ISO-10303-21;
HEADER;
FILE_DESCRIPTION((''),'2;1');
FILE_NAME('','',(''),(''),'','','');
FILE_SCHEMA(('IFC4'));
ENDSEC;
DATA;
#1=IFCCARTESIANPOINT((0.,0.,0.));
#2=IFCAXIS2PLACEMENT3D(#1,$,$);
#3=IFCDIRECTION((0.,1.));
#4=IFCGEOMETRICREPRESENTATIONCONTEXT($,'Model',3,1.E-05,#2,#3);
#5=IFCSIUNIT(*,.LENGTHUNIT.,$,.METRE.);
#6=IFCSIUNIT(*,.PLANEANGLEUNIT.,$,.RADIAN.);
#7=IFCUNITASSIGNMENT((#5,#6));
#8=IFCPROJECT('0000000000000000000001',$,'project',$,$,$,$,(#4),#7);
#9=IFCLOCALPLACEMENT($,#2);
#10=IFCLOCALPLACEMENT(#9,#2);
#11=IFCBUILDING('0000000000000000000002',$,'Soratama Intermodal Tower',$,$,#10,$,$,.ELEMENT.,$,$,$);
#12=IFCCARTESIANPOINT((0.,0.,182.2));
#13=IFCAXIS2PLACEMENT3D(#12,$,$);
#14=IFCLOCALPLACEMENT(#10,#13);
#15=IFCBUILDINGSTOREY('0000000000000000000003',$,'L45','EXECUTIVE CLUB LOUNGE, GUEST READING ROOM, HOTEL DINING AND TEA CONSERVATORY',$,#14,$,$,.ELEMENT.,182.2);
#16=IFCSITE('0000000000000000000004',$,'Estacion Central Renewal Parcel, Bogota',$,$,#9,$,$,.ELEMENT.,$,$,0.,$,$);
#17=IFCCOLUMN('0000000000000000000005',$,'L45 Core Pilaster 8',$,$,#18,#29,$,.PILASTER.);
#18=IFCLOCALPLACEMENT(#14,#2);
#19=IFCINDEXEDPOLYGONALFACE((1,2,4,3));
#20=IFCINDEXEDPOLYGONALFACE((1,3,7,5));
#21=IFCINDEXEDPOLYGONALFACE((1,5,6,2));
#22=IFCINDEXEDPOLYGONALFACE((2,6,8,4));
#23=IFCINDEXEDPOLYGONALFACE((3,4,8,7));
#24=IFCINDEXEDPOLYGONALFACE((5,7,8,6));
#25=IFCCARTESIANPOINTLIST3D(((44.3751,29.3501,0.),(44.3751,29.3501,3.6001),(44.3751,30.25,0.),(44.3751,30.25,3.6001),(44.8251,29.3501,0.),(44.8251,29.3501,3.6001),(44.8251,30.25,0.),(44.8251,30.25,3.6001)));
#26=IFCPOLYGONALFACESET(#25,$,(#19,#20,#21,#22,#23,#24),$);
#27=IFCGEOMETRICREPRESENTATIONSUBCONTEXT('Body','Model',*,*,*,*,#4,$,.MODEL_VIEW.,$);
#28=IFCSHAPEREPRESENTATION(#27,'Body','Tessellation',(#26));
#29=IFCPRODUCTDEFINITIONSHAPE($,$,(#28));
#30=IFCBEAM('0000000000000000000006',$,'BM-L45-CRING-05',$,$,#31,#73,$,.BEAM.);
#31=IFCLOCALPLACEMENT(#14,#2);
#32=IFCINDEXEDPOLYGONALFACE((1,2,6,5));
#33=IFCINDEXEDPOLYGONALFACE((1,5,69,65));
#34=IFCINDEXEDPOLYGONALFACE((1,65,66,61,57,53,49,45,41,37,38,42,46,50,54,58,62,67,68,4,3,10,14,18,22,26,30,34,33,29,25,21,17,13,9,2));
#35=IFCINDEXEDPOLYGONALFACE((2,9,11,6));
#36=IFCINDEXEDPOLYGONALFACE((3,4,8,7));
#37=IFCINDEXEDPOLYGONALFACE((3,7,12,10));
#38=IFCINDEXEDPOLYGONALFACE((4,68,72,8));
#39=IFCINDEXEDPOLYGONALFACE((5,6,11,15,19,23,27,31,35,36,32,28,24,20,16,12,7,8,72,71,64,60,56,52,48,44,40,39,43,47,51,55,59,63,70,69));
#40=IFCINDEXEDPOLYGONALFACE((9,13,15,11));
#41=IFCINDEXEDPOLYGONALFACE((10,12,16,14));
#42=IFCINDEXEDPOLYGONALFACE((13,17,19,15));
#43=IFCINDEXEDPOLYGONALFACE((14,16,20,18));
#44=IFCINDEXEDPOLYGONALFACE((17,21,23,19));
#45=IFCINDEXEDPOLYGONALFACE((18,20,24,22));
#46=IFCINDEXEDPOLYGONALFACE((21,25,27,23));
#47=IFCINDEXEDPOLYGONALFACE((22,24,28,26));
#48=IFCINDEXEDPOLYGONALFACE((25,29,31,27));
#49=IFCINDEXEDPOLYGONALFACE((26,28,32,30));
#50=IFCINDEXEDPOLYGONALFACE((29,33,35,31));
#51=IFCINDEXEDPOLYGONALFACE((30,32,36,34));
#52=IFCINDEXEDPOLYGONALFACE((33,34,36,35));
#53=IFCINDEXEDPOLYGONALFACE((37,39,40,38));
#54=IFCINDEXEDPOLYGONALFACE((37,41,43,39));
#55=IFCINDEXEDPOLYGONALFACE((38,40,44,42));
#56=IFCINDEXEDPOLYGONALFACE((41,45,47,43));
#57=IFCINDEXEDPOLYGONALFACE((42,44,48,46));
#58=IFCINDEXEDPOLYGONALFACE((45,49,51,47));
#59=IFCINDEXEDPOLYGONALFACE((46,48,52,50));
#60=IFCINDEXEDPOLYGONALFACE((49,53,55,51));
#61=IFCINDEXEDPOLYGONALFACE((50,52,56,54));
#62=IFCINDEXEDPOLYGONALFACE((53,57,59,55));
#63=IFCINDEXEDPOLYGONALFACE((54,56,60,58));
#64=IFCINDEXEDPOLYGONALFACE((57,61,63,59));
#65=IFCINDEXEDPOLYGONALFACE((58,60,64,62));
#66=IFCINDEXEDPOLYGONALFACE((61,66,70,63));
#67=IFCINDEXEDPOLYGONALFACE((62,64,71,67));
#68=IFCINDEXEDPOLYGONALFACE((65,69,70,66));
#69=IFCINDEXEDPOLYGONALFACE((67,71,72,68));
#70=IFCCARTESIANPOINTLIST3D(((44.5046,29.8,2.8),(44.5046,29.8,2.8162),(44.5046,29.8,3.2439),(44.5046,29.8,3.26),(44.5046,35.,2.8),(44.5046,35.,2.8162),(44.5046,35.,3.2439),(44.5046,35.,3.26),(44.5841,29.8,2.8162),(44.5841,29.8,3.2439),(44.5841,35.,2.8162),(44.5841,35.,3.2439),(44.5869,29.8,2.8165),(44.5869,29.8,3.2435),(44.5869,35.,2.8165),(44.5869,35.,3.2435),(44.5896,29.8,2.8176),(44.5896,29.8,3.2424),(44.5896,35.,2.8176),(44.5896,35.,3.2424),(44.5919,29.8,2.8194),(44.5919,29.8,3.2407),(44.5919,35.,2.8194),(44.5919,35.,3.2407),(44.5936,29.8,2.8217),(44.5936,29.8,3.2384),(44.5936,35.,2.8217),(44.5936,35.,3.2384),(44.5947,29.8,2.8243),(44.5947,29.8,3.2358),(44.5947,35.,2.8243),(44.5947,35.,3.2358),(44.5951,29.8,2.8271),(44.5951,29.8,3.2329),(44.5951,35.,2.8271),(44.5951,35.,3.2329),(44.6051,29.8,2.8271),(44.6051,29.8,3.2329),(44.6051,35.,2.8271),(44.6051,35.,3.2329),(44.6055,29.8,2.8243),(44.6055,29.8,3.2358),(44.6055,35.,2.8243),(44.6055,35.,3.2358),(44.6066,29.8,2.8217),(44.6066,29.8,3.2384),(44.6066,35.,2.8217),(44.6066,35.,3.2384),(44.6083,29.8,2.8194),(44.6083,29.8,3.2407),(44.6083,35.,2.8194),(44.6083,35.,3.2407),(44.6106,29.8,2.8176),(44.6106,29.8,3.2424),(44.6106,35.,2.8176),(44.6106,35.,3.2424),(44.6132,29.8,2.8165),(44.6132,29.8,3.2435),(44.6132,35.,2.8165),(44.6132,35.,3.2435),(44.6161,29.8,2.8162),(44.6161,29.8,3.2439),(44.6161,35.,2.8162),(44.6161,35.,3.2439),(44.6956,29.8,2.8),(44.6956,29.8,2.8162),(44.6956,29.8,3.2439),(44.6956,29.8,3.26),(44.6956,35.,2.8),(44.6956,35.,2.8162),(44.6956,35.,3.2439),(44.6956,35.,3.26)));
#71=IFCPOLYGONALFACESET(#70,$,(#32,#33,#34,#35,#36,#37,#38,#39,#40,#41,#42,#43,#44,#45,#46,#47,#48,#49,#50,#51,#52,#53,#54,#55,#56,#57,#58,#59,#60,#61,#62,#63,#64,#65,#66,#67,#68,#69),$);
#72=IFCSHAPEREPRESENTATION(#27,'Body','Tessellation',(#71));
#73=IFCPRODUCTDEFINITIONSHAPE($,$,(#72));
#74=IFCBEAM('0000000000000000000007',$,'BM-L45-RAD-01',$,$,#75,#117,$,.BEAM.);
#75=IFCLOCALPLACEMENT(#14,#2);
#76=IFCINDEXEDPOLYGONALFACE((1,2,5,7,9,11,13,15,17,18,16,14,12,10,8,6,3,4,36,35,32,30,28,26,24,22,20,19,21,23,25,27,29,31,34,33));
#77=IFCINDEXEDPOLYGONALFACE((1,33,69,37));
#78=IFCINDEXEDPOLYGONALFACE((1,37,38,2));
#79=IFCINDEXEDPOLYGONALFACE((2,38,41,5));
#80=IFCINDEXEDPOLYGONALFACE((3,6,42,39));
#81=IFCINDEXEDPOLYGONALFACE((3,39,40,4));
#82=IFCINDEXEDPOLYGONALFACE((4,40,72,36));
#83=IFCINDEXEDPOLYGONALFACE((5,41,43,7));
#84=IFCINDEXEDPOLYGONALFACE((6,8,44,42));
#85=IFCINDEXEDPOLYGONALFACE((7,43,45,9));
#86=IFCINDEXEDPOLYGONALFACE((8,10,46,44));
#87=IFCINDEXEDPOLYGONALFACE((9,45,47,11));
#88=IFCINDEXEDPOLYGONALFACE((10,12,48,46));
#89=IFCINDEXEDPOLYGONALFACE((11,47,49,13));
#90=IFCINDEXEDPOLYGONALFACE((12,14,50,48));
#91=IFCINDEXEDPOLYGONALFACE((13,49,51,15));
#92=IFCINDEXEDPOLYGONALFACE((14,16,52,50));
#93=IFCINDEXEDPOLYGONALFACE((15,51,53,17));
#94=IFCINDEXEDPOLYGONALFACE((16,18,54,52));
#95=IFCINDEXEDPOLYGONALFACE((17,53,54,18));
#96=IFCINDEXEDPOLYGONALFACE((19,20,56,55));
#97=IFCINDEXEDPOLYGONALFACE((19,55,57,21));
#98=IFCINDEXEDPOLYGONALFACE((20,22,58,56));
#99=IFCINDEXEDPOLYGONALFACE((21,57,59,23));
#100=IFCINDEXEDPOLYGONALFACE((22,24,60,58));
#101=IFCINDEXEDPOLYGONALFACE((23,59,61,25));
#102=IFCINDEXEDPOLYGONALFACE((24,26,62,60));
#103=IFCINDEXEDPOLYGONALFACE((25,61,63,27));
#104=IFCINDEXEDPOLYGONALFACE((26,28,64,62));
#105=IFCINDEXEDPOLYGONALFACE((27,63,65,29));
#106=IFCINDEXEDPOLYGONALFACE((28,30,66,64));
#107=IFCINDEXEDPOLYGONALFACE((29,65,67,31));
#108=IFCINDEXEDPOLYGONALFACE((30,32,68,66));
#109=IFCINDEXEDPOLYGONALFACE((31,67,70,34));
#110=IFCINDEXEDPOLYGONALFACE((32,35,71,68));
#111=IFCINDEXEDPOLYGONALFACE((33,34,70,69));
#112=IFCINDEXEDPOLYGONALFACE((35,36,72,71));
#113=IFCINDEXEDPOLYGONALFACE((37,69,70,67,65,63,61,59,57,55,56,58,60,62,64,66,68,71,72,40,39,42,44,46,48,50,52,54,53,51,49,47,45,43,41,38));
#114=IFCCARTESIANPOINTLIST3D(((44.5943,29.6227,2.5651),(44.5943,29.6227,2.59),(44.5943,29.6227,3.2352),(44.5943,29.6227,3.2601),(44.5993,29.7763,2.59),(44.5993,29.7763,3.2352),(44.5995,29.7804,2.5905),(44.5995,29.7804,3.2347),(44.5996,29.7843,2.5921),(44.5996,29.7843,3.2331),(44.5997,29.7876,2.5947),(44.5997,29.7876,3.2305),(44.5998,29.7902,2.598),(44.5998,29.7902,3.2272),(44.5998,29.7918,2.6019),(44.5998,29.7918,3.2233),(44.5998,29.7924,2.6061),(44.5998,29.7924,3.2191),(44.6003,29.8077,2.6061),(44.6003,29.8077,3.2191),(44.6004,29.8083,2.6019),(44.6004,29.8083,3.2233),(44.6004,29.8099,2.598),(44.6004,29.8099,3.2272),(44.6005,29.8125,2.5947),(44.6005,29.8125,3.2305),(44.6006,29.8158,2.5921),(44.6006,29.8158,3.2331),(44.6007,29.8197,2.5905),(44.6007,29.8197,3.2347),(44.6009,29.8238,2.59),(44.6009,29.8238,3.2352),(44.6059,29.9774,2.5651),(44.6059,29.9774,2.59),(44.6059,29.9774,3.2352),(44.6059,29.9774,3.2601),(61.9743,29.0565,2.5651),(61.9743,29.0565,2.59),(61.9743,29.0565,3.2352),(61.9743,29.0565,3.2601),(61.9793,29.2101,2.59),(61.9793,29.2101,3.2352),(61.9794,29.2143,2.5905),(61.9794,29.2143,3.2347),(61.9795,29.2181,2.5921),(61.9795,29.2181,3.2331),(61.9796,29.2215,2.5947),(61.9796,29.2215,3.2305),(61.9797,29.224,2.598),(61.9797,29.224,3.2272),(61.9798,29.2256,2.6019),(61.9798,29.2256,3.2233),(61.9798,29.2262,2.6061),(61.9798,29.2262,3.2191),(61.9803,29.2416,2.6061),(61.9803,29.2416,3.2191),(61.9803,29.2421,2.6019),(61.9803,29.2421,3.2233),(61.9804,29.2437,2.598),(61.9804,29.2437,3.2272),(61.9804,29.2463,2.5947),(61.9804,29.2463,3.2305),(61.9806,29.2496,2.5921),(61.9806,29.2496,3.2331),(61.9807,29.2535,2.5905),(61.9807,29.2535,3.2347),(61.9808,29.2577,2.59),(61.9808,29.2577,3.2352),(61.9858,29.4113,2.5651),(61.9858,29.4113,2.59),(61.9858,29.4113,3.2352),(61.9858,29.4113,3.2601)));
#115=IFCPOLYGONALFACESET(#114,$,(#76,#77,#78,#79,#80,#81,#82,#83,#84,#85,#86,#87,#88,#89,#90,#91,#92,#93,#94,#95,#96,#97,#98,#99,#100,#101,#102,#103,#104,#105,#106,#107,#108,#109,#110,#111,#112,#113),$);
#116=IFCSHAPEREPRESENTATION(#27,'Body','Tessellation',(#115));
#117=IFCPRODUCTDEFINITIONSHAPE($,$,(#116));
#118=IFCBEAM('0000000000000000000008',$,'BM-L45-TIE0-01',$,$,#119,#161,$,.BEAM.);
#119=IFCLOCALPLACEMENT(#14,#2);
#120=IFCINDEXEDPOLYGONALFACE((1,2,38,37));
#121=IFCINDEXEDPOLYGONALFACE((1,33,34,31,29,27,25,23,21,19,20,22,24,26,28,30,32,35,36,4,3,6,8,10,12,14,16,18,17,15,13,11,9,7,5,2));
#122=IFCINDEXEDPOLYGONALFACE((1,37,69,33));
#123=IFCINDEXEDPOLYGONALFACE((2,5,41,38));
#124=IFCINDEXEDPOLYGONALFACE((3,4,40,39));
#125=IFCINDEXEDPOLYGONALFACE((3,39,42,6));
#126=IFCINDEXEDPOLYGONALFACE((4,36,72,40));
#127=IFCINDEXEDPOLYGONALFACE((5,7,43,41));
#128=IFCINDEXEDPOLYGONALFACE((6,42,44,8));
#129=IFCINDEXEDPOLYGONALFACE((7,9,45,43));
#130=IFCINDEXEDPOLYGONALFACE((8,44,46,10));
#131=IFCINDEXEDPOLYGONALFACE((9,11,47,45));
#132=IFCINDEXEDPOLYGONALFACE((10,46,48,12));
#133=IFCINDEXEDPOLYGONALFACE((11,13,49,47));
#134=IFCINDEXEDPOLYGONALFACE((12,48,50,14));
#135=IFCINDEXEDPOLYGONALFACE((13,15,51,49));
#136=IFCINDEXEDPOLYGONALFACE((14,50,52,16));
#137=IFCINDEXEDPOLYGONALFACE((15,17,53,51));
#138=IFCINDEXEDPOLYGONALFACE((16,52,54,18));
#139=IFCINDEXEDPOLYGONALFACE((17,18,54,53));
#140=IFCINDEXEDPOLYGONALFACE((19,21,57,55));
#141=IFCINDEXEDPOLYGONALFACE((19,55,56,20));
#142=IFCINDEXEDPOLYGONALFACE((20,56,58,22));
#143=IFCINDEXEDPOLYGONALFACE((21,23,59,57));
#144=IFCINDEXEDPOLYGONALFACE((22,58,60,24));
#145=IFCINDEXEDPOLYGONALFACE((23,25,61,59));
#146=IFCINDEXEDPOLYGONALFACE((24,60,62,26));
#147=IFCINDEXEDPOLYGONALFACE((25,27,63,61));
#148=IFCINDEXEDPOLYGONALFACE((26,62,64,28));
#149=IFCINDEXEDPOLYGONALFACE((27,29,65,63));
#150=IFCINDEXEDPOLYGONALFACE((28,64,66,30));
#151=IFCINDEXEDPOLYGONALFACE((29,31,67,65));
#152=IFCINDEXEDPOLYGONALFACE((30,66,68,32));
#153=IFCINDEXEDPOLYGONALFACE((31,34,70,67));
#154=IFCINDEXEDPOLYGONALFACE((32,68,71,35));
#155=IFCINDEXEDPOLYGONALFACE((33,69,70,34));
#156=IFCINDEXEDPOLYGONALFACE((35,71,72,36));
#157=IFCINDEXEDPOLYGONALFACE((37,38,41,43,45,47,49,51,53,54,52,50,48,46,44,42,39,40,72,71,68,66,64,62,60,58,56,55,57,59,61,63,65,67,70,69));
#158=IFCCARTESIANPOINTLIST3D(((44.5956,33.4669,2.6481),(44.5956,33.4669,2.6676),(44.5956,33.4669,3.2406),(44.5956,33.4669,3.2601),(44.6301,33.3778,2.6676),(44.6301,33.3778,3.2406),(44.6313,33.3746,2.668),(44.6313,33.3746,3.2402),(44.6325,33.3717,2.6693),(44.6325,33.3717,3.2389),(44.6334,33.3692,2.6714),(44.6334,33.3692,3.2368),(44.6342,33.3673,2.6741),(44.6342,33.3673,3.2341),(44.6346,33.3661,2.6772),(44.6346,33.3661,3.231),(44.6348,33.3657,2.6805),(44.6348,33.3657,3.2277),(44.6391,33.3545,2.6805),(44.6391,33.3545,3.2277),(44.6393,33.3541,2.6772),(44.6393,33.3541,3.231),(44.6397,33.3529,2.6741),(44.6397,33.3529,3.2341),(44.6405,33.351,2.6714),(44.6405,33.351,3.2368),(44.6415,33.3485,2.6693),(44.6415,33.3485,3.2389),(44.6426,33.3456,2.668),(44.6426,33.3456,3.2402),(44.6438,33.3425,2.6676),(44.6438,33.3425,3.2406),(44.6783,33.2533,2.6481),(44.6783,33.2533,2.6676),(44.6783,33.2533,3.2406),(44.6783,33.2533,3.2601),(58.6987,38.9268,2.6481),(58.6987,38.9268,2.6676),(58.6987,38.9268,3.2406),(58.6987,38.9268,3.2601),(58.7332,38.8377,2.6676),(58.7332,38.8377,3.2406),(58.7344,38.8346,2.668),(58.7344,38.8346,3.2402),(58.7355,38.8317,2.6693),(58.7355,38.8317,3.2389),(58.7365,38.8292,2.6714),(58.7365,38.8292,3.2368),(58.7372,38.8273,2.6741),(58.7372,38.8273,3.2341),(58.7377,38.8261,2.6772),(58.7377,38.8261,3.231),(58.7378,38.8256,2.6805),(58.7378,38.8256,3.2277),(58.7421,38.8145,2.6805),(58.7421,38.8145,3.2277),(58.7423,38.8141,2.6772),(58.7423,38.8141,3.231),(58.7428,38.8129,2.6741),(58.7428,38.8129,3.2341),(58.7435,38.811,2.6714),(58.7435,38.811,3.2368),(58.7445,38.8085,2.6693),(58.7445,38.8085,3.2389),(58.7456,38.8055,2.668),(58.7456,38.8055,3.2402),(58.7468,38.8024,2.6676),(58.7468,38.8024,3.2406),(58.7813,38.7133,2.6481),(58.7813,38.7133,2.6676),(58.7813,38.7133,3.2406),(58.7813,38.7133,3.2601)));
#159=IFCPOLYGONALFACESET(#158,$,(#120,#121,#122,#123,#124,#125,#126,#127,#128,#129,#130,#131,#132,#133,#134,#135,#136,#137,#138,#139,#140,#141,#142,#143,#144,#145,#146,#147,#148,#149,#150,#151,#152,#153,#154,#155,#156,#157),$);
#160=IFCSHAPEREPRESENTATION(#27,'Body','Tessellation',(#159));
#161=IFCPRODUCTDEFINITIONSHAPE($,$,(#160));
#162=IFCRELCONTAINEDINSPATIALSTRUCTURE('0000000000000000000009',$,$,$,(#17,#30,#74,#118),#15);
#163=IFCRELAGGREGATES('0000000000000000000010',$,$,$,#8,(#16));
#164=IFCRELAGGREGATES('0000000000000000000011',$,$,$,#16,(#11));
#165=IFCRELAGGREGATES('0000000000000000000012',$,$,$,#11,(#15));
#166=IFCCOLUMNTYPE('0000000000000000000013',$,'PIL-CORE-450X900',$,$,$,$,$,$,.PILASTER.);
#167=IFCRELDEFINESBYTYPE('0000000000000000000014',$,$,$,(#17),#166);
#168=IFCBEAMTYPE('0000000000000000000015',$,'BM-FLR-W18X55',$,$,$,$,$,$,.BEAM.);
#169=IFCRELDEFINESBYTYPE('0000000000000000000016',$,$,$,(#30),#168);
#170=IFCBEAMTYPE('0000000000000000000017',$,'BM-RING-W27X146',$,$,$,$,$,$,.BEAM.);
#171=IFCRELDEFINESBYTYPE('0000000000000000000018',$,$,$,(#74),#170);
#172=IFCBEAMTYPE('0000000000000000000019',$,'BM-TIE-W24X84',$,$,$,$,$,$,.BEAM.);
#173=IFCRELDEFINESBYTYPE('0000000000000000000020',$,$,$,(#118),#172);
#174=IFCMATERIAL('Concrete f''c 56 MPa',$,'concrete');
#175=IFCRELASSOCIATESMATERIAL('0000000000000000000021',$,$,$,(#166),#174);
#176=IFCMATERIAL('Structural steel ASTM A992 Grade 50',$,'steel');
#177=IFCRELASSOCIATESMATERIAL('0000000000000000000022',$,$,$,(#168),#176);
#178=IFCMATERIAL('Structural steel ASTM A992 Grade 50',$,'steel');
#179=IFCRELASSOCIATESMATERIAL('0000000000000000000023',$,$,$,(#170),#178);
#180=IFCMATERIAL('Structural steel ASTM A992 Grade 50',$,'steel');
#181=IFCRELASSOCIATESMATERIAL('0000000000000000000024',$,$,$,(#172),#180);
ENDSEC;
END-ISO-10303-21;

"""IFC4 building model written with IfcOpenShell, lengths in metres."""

from ifc_helpers import new_model, si_unit, direction, frame, origin, origin_2d, place, context, subcontext, project, spatial, rectangle, i_section, extrude, material, material_profile, profile_set, type_object, element, save


model = new_model("IFC4")

# Units and contexts
model_context = context("Model", 3, precision=1e-05, world=origin(), true_north=direction((0.0, 1.0)))
body_context = subcontext(model_context, "Body", "Model", "MODEL_VIEW")
ifc_project = project(units=[si_unit("LENGTHUNIT", "METRE"), si_unit("PLANEANGLEUNIT", "RADIAN")], contexts=[model_context])

# Site, building, storey
site_placement = place(None, origin())
site = spatial("IfcSite", under=ifc_project, at=site_placement, Name="Estacion Central Renewal Parcel, Bogota", CompositionType="ELEMENT", RefElevation=0.0)
building_placement = place(site_placement, origin())
building = spatial("IfcBuilding", under=site, at=building_placement, Name="Soratama Intermodal Tower", CompositionType="ELEMENT")
storey_placement = place(building_placement, frame((0.0, 0.0, 182.2)))
storey = spatial("IfcBuildingStorey", under=building, at=storey_placement, Name="L45", Description="EXECUTIVE CLUB LOUNGE, GUEST READING ROOM, HOTEL DINING AND TEA CONSERVATORY", CompositionType="ELEMENT", Elevation=182.2)

# Column
ifc_material_1 = material(Name="Concrete f'c 56 MPa", Category="concrete")
ifc_material_profile_1 = material_profile(ifc_material_1, rectangle(XDim=0.45, YDim=0.8999, at=origin_2d()), Name="RC450X900")
ifc_profile_set_1 = profile_set([ifc_material_profile_1], Name="Concrete f'c 56 MPa")
column_type = type_object("IfcColumnType", Name="PIL-CORE-450X900", PredefinedType="PILASTER", material=ifc_profile_set_1)
column_placement = place(storey_placement, frame((44.6001, 29.8, 0.0), z_axis=(0.0, 0.0, 1.0), x_axis=(1.0, 0.0, 0.0)))
element("IfcColumn", 1, at=column_placement, inside=storey, type_object=column_type, Name="L45 Core Pilaster 8", PredefinedType="PILASTER", context=body_context, shape_type="SweptSolid", body=[
    extrude(rectangle(XDim=0.45, YDim=0.8999, at=origin_2d()), origin(), (0.0, 0.0, 1.0), 3.6001),
])

# Beams
ifc_material_2 = material(Name="Structural steel ASTM A992 Grade 50", Category="steel")
ifc_material_profile_2 = material_profile(ifc_material_2, i_section(OverallWidth=0.1909, OverallDepth=0.46, WebThickness=0.01, FlangeThickness=0.0161, FilletRadius=0.011, at=origin_2d()), Name="W18X55")
ifc_profile_set_2 = profile_set([ifc_material_profile_2], Name="Structural steel ASTM A992 Grade 50")
beam_type_1 = type_object("IfcBeamType", Name="BM-FLR-W18X55", PredefinedType="BEAM", material=ifc_profile_set_2)
beam_1_placement = place(storey_placement, frame((44.6001, 29.8, 3.03), z_axis=(0.0, 1.0, 0.0), x_axis=(-1.0, 0.0, 0.0)))
element("IfcBeam", 2, at=beam_1_placement, inside=storey, type_object=beam_type_1, Name="BM-L45-CRING-05", PredefinedType="BEAM", context=body_context, shape_type="SweptSolid", body=[
    extrude(i_section(OverallWidth=0.1909, OverallDepth=0.46, WebThickness=0.01, FlangeThickness=0.0161, FilletRadius=0.011, at=origin_2d()), origin(), (0.0, 0.0, 1.0), 5.2),
])
ifc_material_3 = material(Name="Structural steel ASTM A992 Grade 50", Category="steel")
ifc_material_profile_3 = material_profile(ifc_material_3, i_section(OverallWidth=0.355, OverallDepth=0.6951, WebThickness=0.0154, FlangeThickness=0.0249, FilletRadius=0.0161, at=origin_2d()), Name="W27X146")
ifc_profile_set_3 = profile_set([ifc_material_profile_3], Name="Structural steel ASTM A992 Grade 50")
beam_type_2 = type_object("IfcBeamType", Name="BM-RING-W27X146", PredefinedType="BEAM", material=ifc_profile_set_3)
beam_2_placement = place(storey_placement, frame((44.6001, 29.8, 2.9126), z_axis=(0.99947, -0.032558, 0.0), x_axis=(0.032558, 0.99947, 0.0)))
element("IfcBeam", 3, at=beam_2_placement, inside=storey, type_object=beam_type_2, Name="BM-L45-RAD-01", PredefinedType="BEAM", context=body_context, shape_type="SweptSolid", body=[
    extrude(i_section(OverallWidth=0.355, OverallDepth=0.6951, WebThickness=0.0154, FlangeThickness=0.0249, FilletRadius=0.0161, at=origin_2d()), origin(), (0.0, 0.0, 1.0), 17.3892),
])
ifc_material_4 = material(Name="Structural steel ASTM A992 Grade 50", Category="steel")
ifc_material_profile_4 = material_profile(ifc_material_4, i_section(OverallWidth=0.229, OverallDepth=0.6121, WebThickness=0.012, FlangeThickness=0.0195, FilletRadius=0.0129, at=origin_2d()), Name="W24X84")
ifc_profile_set_4 = profile_set([ifc_material_profile_4], Name="Structural steel ASTM A992 Grade 50")
beam_type_3 = type_object("IfcBeamType", Name="BM-TIE-W24X84", PredefinedType="BEAM", material=ifc_profile_set_4)
beam_3_placement = place(storey_placement, frame((44.637, 33.3601, 2.9541), z_axis=(0.932552, 0.361036, 0.0), x_axis=(-0.361036, 0.932552, 0.0)))
element("IfcBeam", 4, at=beam_3_placement, inside=storey, type_object=beam_type_3, Name="BM-L45-TIE0-01", PredefinedType="BEAM", context=body_context, shape_type="SweptSolid", body=[
    extrude(i_section(OverallWidth=0.229, OverallDepth=0.6121, WebThickness=0.012, FlangeThickness=0.0195, FilletRadius=0.0129, at=origin_2d()), origin(), (0.0, 0.0, 1.0), 15.123),
])

save(model, "model.ifc")
